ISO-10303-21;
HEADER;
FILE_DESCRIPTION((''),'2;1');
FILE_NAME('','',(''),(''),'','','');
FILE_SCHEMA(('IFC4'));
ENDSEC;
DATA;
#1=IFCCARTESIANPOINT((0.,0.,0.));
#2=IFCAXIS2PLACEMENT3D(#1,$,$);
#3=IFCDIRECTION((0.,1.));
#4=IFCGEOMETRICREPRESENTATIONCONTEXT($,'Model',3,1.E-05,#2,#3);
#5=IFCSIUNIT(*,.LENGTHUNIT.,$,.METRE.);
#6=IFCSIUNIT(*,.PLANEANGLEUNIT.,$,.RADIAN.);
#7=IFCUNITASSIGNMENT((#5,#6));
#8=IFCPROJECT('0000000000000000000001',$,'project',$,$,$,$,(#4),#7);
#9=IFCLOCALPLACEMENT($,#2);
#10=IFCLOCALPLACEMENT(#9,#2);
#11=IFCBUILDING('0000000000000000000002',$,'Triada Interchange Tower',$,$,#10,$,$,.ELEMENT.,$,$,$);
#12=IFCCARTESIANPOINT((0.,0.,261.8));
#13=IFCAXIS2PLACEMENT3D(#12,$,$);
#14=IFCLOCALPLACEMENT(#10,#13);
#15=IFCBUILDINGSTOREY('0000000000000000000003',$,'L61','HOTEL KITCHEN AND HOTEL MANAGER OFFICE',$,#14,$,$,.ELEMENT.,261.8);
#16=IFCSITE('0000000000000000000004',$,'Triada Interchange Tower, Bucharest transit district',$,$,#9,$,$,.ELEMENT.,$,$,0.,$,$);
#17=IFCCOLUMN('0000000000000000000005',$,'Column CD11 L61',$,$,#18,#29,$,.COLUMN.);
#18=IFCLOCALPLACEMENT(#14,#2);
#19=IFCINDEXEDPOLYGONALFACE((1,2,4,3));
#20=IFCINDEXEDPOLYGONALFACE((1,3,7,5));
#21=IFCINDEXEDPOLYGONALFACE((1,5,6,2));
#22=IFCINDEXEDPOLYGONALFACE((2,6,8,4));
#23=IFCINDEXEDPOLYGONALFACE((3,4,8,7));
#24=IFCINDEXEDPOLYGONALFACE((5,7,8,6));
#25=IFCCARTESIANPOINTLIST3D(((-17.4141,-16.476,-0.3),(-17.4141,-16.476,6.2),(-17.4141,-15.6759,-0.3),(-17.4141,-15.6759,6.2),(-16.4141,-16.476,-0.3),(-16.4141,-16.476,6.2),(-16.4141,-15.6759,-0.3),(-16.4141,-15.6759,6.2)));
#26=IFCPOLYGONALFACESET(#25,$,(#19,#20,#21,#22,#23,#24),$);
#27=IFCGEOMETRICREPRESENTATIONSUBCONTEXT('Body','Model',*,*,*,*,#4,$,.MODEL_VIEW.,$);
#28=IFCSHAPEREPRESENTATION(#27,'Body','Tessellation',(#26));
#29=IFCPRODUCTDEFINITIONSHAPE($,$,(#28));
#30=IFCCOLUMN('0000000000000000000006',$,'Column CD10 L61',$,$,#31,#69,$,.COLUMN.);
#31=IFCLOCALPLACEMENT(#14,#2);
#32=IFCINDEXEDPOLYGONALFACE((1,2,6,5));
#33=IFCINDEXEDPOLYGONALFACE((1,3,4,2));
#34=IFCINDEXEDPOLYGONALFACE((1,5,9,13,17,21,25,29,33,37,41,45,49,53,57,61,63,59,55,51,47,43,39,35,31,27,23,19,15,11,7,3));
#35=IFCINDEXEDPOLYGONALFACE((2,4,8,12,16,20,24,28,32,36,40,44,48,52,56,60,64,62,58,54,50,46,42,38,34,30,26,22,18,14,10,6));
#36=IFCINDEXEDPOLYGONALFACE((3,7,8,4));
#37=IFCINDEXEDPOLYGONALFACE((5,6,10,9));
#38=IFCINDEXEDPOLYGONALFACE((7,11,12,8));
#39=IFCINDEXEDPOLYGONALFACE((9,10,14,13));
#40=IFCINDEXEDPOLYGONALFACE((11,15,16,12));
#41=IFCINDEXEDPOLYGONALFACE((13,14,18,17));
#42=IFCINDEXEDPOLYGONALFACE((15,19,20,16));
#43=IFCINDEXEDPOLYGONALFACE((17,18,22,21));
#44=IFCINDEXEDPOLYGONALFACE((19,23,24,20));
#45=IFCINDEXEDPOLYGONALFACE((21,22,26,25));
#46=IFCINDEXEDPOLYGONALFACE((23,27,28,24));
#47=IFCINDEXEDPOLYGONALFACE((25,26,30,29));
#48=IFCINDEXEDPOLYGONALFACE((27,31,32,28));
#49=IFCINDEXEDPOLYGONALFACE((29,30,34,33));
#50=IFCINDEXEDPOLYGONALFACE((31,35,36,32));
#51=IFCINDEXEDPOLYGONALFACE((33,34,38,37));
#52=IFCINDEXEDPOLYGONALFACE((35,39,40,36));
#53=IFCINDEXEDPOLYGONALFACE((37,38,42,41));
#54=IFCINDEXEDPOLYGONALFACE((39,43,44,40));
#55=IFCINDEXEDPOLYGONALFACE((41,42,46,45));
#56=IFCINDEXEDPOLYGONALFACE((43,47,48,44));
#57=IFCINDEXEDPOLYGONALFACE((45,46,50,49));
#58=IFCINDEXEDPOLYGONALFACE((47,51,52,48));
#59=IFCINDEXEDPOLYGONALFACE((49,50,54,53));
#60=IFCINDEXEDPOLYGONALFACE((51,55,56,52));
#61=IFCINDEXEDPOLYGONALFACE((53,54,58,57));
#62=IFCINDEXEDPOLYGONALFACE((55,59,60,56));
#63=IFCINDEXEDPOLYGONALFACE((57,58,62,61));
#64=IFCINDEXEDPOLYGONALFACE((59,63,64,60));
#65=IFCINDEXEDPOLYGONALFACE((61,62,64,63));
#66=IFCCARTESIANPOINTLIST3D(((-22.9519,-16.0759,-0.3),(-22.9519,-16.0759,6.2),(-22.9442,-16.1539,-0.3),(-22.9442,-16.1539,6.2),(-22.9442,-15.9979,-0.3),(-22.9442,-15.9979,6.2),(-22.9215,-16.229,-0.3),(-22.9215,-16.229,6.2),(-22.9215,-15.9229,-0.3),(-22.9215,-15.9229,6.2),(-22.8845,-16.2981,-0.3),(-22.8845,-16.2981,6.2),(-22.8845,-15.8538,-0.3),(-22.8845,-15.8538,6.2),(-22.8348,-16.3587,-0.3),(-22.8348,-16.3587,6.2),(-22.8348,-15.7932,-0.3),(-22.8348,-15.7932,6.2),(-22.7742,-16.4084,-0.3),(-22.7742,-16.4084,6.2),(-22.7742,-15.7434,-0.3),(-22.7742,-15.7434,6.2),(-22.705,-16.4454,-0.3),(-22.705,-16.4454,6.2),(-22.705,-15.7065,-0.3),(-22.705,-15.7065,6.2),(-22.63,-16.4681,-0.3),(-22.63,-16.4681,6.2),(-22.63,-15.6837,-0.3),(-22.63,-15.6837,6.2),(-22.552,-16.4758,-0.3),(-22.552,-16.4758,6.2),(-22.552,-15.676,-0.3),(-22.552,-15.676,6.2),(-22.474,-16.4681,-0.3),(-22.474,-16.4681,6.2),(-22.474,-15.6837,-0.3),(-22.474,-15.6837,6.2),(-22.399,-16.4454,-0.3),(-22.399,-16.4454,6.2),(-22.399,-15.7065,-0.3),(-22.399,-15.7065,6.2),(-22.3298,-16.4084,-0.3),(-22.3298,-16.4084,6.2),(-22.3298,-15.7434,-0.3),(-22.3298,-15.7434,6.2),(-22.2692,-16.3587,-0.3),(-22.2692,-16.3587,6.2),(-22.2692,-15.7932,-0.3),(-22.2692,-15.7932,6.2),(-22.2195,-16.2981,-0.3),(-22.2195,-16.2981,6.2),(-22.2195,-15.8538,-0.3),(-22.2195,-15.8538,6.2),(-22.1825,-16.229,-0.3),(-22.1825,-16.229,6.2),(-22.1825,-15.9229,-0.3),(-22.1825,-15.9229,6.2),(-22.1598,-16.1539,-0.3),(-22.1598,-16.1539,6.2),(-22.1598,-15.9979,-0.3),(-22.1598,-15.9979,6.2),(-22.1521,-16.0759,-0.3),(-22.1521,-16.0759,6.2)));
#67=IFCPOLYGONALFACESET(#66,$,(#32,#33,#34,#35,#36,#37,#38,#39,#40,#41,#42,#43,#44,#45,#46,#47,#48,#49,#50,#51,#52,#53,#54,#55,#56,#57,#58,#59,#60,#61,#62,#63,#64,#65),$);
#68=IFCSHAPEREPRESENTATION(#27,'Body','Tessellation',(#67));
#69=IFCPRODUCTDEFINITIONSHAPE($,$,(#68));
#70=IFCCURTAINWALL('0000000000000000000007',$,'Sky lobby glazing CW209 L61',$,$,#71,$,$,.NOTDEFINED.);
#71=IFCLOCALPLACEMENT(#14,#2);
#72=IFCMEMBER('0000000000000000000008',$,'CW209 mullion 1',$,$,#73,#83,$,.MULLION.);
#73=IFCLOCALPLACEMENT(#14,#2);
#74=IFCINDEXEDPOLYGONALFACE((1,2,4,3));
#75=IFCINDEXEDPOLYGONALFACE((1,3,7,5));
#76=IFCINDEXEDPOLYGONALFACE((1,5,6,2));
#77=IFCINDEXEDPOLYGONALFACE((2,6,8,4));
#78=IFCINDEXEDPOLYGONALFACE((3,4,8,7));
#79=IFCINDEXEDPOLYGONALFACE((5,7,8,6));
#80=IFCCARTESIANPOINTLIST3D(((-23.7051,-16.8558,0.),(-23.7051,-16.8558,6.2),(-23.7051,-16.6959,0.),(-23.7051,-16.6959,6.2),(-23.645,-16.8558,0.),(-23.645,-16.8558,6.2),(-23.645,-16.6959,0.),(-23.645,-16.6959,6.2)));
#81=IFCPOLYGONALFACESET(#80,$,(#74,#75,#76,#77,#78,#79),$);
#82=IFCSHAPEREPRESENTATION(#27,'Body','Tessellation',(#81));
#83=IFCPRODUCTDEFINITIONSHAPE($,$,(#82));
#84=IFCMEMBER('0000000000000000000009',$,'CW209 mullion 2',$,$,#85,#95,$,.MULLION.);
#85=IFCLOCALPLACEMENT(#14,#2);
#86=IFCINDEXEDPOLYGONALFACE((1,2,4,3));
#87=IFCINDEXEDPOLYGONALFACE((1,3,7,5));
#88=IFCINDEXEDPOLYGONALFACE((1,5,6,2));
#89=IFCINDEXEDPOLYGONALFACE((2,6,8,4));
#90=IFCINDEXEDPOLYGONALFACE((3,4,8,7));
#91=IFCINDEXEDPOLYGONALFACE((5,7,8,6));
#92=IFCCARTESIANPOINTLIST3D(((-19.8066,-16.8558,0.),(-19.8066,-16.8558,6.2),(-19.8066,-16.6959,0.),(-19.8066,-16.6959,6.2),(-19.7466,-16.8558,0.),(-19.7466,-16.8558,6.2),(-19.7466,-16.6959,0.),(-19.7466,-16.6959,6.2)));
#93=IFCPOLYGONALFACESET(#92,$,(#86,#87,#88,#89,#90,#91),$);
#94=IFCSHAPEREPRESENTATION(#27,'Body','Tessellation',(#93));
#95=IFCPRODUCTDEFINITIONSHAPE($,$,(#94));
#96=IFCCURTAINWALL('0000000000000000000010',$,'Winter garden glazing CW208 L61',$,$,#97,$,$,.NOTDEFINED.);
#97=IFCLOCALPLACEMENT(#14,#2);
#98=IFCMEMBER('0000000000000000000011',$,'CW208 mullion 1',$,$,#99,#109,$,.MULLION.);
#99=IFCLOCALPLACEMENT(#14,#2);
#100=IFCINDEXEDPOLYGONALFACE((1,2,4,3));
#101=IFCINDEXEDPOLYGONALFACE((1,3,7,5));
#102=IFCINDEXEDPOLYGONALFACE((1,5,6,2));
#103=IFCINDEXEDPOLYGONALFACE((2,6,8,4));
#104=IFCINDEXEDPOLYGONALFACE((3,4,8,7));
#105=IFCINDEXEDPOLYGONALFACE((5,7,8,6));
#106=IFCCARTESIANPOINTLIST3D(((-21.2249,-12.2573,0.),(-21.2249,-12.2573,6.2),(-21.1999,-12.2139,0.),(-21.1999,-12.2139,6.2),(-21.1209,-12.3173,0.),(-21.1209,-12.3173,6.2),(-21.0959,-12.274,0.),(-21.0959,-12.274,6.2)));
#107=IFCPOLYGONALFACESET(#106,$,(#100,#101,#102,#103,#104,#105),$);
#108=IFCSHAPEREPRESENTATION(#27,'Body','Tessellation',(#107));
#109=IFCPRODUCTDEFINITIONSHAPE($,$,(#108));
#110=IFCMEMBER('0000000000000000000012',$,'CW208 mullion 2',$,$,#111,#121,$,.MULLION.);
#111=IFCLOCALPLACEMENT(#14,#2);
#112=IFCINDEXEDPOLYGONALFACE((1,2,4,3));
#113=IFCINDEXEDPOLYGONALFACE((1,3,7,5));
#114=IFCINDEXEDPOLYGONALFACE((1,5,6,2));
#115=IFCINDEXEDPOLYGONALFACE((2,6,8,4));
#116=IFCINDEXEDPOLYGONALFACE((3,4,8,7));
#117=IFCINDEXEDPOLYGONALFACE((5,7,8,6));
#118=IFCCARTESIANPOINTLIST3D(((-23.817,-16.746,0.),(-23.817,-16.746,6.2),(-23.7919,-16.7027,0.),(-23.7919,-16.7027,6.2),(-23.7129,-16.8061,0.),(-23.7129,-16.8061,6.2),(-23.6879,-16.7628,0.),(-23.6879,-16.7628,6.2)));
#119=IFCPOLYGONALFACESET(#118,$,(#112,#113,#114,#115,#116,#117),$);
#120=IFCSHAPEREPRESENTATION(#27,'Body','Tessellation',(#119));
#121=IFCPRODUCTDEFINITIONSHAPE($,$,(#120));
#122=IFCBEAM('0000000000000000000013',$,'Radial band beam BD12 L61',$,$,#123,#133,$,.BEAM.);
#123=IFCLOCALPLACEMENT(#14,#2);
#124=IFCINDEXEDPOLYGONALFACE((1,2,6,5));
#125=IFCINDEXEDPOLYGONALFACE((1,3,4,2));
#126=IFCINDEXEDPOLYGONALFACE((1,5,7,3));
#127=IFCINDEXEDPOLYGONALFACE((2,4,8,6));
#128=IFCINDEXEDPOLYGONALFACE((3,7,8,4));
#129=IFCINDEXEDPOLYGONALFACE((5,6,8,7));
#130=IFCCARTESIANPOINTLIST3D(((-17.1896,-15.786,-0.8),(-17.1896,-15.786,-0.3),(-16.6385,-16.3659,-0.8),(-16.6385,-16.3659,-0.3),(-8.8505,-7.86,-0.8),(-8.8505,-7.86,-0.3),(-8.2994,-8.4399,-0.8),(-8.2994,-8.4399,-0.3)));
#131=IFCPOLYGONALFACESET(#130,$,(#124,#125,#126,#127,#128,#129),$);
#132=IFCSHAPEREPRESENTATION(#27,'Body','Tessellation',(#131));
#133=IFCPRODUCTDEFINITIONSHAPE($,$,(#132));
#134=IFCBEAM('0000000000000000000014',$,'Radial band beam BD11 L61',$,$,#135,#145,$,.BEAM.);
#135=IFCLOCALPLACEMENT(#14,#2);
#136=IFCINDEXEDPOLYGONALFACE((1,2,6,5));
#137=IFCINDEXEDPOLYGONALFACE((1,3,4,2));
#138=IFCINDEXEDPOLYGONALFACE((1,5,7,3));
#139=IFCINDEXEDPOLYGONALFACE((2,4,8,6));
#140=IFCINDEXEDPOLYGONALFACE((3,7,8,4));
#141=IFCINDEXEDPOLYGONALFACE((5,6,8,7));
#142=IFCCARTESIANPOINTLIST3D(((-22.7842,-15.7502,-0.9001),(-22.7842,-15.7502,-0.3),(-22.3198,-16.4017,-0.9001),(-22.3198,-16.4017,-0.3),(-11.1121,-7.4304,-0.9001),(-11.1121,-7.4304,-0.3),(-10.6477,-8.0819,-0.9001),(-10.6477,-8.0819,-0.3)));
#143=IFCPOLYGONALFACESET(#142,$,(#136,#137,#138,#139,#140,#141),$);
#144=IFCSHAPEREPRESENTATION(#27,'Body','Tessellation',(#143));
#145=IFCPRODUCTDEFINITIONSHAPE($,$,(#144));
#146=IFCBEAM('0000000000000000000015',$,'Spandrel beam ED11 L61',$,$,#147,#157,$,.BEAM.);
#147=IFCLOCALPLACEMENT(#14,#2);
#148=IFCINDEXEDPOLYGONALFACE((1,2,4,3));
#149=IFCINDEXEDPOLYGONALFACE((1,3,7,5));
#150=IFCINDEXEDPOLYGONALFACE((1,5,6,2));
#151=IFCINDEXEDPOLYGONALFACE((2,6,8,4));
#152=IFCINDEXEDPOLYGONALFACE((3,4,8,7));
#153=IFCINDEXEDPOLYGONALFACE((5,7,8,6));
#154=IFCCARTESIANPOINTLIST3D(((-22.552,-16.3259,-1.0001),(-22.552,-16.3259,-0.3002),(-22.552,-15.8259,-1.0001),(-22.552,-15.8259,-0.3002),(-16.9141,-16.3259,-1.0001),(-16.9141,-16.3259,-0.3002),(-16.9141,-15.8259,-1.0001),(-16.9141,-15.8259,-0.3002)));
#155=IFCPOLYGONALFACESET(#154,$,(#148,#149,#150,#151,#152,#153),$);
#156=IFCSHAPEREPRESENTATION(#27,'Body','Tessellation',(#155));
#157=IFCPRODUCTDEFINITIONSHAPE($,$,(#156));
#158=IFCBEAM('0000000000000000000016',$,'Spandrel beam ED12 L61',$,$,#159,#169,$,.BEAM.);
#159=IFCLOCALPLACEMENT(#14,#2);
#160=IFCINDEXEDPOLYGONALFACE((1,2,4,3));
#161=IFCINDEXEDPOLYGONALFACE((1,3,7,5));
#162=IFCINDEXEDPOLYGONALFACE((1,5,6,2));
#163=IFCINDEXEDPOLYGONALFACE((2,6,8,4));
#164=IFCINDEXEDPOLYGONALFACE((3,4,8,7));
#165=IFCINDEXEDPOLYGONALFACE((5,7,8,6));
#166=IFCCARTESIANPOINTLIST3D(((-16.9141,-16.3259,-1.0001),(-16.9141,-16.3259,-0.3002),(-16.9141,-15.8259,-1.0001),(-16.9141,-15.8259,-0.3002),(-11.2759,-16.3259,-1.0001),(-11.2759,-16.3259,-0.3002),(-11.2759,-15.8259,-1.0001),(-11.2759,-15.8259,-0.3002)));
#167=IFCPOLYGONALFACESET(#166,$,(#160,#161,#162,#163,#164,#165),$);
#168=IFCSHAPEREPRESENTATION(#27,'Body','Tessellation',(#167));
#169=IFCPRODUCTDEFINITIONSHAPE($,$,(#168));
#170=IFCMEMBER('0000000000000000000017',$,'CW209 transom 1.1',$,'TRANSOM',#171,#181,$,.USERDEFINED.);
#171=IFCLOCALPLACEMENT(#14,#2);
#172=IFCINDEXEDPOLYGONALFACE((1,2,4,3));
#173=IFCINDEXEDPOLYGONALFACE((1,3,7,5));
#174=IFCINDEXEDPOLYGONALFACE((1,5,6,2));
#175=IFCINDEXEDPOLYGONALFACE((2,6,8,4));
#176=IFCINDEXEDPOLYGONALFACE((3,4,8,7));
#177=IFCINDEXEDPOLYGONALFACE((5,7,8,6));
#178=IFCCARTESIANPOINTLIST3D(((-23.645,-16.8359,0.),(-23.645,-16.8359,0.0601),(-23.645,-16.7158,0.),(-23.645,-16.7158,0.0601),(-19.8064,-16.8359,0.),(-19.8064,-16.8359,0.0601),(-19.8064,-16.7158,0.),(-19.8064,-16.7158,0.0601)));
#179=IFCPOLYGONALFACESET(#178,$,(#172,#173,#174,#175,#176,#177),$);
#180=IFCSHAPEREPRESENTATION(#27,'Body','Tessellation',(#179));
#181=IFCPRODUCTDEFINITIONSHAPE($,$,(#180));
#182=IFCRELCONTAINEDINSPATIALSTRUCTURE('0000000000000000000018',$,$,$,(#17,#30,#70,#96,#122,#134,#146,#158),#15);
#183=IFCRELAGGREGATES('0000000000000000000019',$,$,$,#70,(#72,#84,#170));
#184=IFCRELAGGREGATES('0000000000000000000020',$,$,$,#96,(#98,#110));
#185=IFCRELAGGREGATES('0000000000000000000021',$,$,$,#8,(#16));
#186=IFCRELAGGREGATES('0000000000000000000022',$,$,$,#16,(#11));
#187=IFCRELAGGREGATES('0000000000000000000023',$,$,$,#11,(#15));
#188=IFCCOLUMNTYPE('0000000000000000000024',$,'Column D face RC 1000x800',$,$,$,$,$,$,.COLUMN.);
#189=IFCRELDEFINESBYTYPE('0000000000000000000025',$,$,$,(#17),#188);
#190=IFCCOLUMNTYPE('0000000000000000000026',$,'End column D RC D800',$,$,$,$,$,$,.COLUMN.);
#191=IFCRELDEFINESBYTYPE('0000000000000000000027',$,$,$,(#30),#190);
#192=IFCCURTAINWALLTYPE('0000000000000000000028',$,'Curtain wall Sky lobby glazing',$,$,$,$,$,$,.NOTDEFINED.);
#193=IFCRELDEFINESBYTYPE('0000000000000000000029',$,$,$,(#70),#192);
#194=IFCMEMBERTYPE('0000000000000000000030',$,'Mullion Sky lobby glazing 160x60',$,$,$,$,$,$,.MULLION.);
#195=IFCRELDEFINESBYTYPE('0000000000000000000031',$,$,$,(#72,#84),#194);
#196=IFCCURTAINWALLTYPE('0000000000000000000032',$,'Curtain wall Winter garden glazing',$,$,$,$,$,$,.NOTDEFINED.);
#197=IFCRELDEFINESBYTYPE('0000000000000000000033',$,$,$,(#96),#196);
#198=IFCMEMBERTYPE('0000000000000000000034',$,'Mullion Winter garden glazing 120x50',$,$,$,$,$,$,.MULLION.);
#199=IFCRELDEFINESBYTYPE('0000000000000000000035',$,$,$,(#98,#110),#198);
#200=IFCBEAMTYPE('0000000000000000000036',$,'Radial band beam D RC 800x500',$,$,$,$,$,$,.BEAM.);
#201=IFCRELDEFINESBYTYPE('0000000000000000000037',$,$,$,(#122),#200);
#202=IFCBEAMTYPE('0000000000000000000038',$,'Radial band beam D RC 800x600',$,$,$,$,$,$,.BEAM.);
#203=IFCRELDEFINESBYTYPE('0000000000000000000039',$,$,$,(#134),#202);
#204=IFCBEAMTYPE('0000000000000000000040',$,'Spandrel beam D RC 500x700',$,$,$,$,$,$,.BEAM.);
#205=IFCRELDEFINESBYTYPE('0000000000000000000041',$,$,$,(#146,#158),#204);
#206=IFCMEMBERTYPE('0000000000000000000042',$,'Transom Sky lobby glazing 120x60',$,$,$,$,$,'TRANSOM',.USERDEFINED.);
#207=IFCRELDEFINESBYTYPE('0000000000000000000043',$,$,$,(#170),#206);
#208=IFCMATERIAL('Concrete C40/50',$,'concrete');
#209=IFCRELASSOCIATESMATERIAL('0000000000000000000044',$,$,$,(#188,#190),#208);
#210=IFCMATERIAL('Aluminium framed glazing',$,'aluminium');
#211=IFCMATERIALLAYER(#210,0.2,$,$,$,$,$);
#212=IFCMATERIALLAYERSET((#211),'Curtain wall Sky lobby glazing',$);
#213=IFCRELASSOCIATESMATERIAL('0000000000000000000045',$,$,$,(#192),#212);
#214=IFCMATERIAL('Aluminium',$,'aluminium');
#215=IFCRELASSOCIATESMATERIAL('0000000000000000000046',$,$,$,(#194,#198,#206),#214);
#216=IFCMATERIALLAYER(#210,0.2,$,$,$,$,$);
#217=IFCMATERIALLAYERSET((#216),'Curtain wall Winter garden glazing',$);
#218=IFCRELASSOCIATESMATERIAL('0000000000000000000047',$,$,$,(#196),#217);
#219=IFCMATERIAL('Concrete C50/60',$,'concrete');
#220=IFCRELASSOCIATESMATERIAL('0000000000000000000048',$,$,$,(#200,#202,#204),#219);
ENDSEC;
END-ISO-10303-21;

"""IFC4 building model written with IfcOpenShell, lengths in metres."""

from ifc_helpers import new_model, si_unit, direction, frame, origin, origin_2d, place, context, subcontext, project, spatial, rectangle, circle, extrude, material, layer, layer_set, material_profile, profile_set, type_object, element, aggregate, save


model = new_model("IFC4")

# Units and contexts
model_context = context("Model", 3, precision=1e-05, world=origin(), true_north=direction((0.0, 1.0)))
body_context = subcontext(model_context, "Body", "Model", "MODEL_VIEW")
ifc_project = project(units=[si_unit("LENGTHUNIT", "METRE"), si_unit("PLANEANGLEUNIT", "RADIAN")], contexts=[model_context])

# Site, building, storey
site_placement = place(None, origin())
site = spatial("IfcSite", under=ifc_project, at=site_placement, Name="Triada Interchange Tower, Bucharest transit district", CompositionType="ELEMENT", RefElevation=0.0)
building_placement = place(site_placement, origin())
building = spatial("IfcBuilding", under=site, at=building_placement, Name="Triada Interchange Tower", CompositionType="ELEMENT")
storey_placement = place(building_placement, frame((0.0, 0.0, 261.8)))
storey = spatial("IfcBuildingStorey", under=building, at=storey_placement, Name="L61", Description="HOTEL KITCHEN AND HOTEL MANAGER OFFICE", CompositionType="ELEMENT", Elevation=261.8)

# Columns
ifc_material_1 = material(Name="Concrete C40/50", Category="concrete")
ifc_material_profile_1 = material_profile(ifc_material_1, rectangle(XDim=1.0, YDim=0.8, at=origin_2d()), Name="RC 1000x800")
ifc_profile_set_1 = profile_set([ifc_material_profile_1], Name="Concrete C40/50")
column_type_1 = type_object("IfcColumnType", Name="Column D face RC 1000x800", PredefinedType="COLUMN", material=ifc_profile_set_1)
column_1_placement = place(storey_placement, frame((-16.9141, -16.0759, -0.3), z_axis=(0.0, 0.0, 1.0), x_axis=(1.0, 0.0, 0.0)))
element("IfcColumn", 1, at=column_1_placement, inside=storey, type_object=column_type_1, Name="Column CD11 L61", PredefinedType="COLUMN", context=body_context, shape_type="SweptSolid", body=[
    extrude(rectangle(XDim=1.0, YDim=0.8, at=origin_2d()), origin(), (0.0, 0.0, 1.0), 6.5),
])
ifc_material_profile_2 = material_profile(ifc_material_1, circle(Radius=0.3999, at=origin_2d()), Name="RC D800")
ifc_profile_set_2 = profile_set([ifc_material_profile_2], Name="Concrete C40/50")
column_type_2 = type_object("IfcColumnType", Name="End column D RC D800", PredefinedType="COLUMN", material=ifc_profile_set_2)
column_2_placement = place(storey_placement, frame((-22.552, -16.0759, -0.3), z_axis=(0.0, 0.0, 1.0), x_axis=(1.0, 0.0, 0.0)))
element("IfcColumn", 2, at=column_2_placement, inside=storey, type_object=column_type_2, Name="Column CD10 L61", PredefinedType="COLUMN", context=body_context, shape_type="SweptSolid", body=[
    extrude(circle(Radius=0.3999, at=origin_2d()), origin(), (0.0, 0.0, 1.0), 6.5),
])

# Curtain walls, members
ifc_material_2 = material(Name="Aluminium framed glazing", Category="aluminium")
ifc_layer_1 = layer(ifc_material_2, 0.2)
ifc_layer_set_1 = layer_set([ifc_layer_1], Name="Curtain wall Sky lobby glazing")
curtain_wall_type_1 = type_object("IfcCurtainWallType", Name="Curtain wall Sky lobby glazing", PredefinedType="NOTDEFINED", material=ifc_layer_set_1)
curtain_wall_1_placement = place(storey_placement, origin())
curtain_wall_1 = element("IfcCurtainWall", 3, at=curtain_wall_1_placement, inside=storey, type_object=curtain_wall_type_1, Name="Sky lobby glazing CW209 L61", PredefinedType="NOTDEFINED")
ifc_material_3 = material(Name="Aluminium", Category="aluminium")
ifc_material_profile_3 = material_profile(ifc_material_3, rectangle(XDim=0.1599, YDim=0.0601, at=origin_2d()), Name="Aluminium mullion")
ifc_profile_set_3 = profile_set([ifc_material_profile_3], Name="Aluminium")
member_type_1 = type_object("IfcMemberType", Name="Mullion Sky lobby glazing 160x60", PredefinedType="MULLION", material=ifc_profile_set_3)
member_1_placement = place(storey_placement, frame((-23.675, -16.7759, 0.0), z_axis=(0.0, 0.0, 1.0), x_axis=(0.0, 1.0, 0.0)))
member_1 = element("IfcMember", 4, at=member_1_placement, type_object=member_type_1, Name="CW209 mullion 1", PredefinedType="MULLION", context=body_context, shape_type="SweptSolid", body=[
    extrude(rectangle(XDim=0.1599, YDim=0.0601, at=origin_2d()), origin(), (0.0, 0.0, 1.0), 6.2),
])
member_2_placement = place(storey_placement, frame((-19.7766, -16.7759, 0.0), z_axis=(0.0, 0.0, 1.0), x_axis=(0.0, 1.0, 0.0)))
member_2 = element("IfcMember", 5, at=member_2_placement, type_object=member_type_1, Name="CW209 mullion 2", PredefinedType="MULLION", context=body_context, shape_type="SweptSolid", body=[
    extrude(rectangle(XDim=0.1599, YDim=0.0601, at=origin_2d()), origin(), (0.0, 0.0, 1.0), 6.2),
])
ifc_layer_2 = layer(ifc_material_2, 0.2)
ifc_layer_set_2 = layer_set([ifc_layer_2], Name="Curtain wall Winter garden glazing")
curtain_wall_type_2 = type_object("IfcCurtainWallType", Name="Curtain wall Winter garden glazing", PredefinedType="NOTDEFINED", material=ifc_layer_set_2)
curtain_wall_2_placement = place(storey_placement, origin())
curtain_wall_2 = element("IfcCurtainWall", 6, at=curtain_wall_2_placement, inside=storey, type_object=curtain_wall_type_2, Name="Winter garden glazing CW208 L61", PredefinedType="NOTDEFINED")
ifc_material_profile_4 = material_profile(ifc_material_3, rectangle(XDim=0.1201, YDim=0.05, at=origin_2d()), Name="Aluminium mullion")
ifc_profile_set_4 = profile_set([ifc_material_profile_4], Name="Aluminium")
member_type_2 = type_object("IfcMemberType", Name="Mullion Winter garden glazing 120x50", PredefinedType="MULLION", material=ifc_profile_set_4)
member_3_placement = place(storey_placement, frame((-21.1604, -12.2656, 0.0), z_axis=(0.0, 0.0, 1.0), x_axis=(0.865988, -0.500064, 0.0)))
member_3 = element("IfcMember", 7, at=member_3_placement, type_object=member_type_2, Name="CW208 mullion 1", PredefinedType="MULLION", context=body_context, shape_type="SweptSolid", body=[
    extrude(rectangle(XDim=0.1201, YDim=0.05, at=origin_2d()), origin(), (0.0, 0.0, 1.0), 6.2),
])
member_4_placement = place(storey_placement, frame((-23.7524, -16.7544, 0.0), z_axis=(0.0, 0.0, 1.0), x_axis=(0.865988, -0.500064, 0.0)))
member_4 = element("IfcMember", 8, at=member_4_placement, type_object=member_type_2, Name="CW208 mullion 2", PredefinedType="MULLION", context=body_context, shape_type="SweptSolid", body=[
    extrude(rectangle(XDim=0.1201, YDim=0.05, at=origin_2d()), origin(), (0.0, 0.0, 1.0), 6.2),
])

# Beams
ifc_material_4 = material(Name="Concrete C50/60", Category="concrete")
ifc_material_profile_5 = material_profile(ifc_material_4, rectangle(XDim=0.8, YDim=0.5, at=origin_2d()), Name="RC 800x500")
ifc_profile_set_5 = profile_set([ifc_material_profile_5], Name="Concrete C50/60")
beam_type_1 = type_object("IfcBeamType", Name="Radial band beam D RC 800x500", PredefinedType="BEAM", material=ifc_profile_set_5)
beam_1_placement = place(storey_placement, frame((-16.9141, -16.0759, -0.55), z_axis=(0.724831, 0.688926, 0.0), x_axis=(-0.688926, 0.724831, 0.0)))
element("IfcBeam", 9, at=beam_1_placement, inside=storey, type_object=beam_type_1, Name="Radial band beam BD12 L61", PredefinedType="BEAM", context=body_context, shape_type="SweptSolid", body=[
    extrude(rectangle(XDim=0.8, YDim=0.5, at=origin_2d()), origin(), (0.0, 0.0, 1.0), 11.5049),
])
ifc_material_profile_6 = material_profile(ifc_material_4, rectangle(XDim=0.8, YDim=0.6001, at=origin_2d()), Name="RC 800x600")
ifc_profile_set_6 = profile_set([ifc_material_profile_6], Name="Concrete C50/60")
beam_type_2 = type_object("IfcBeamType", Name="Radial band beam D RC 800x600", PredefinedType="BEAM", material=ifc_profile_set_6)
beam_2_placement = place(storey_placement, frame((-22.552, -16.0759, -0.6001), z_axis=(0.814307, 0.580434, 0.0), x_axis=(-0.580434, 0.814307, 0.0)))
element("IfcBeam", 10, at=beam_2_placement, inside=storey, type_object=beam_type_2, Name="Radial band beam BD11 L61", PredefinedType="BEAM", context=body_context, shape_type="SweptSolid", body=[
    extrude(rectangle(XDim=0.8, YDim=0.6001, at=origin_2d()), origin(), (0.0, 0.0, 1.0), 14.3337),
])
ifc_material_profile_7 = material_profile(ifc_material_4, rectangle(XDim=0.5, YDim=0.7, at=origin_2d()), Name="RC 500x700")
ifc_profile_set_7 = profile_set([ifc_material_profile_7], Name="Concrete C50/60")
beam_type_3 = type_object("IfcBeamType", Name="Spandrel beam D RC 500x700", PredefinedType="BEAM", material=ifc_profile_set_7)
beam_3_placement = place(storey_placement, frame((-22.552, -16.0759, -0.6501), z_axis=(1.0, 0.0, 0.0), x_axis=(0.0, 1.0, 0.0)))
element("IfcBeam", 11, at=beam_3_placement, inside=storey, type_object=beam_type_3, Name="Spandrel beam ED11 L61", PredefinedType="BEAM", context=body_context, shape_type="SweptSolid", body=[
    extrude(rectangle(XDim=0.5, YDim=0.7, at=origin_2d()), origin(), (0.0, 0.0, 1.0), 5.6379),
])
beam_4_placement = place(storey_placement, frame((-16.9141, -16.0759, -0.6501), z_axis=(1.0, 0.0, 0.0), x_axis=(0.0, 1.0, 0.0)))
element("IfcBeam", 12, at=beam_4_placement, inside=storey, type_object=beam_type_3, Name="Spandrel beam ED12 L61", PredefinedType="BEAM", context=body_context, shape_type="SweptSolid", body=[
    extrude(rectangle(XDim=0.5, YDim=0.7, at=origin_2d()), origin(), (0.0, 0.0, 1.0), 5.6382),
])

# Member
ifc_material_profile_8 = material_profile(ifc_material_3, rectangle(XDim=0.1201, YDim=0.0601, at=origin_2d()), Name="Aluminium transom")
ifc_profile_set_8 = profile_set([ifc_material_profile_8], Name="Aluminium")
member_type_3 = type_object("IfcMemberType", Name="Transom Sky lobby glazing 120x60", ElementType="TRANSOM", PredefinedType="USERDEFINED", material=ifc_profile_set_8)
member_5_placement = place(storey_placement, frame((-23.645, -16.7759, 0.03), z_axis=(1.0, 0.0, 0.0), x_axis=(0.0, 1.0, 0.0)))
member_5 = element("IfcMember", 13, at=member_5_placement, type_object=member_type_3, Name="CW209 transom 1.1", ObjectType="TRANSOM", PredefinedType="USERDEFINED", context=body_context, shape_type="SweptSolid", body=[
    extrude(rectangle(XDim=0.1201, YDim=0.0601, at=origin_2d()), origin(), (0.0, 0.0, 1.0), 3.8386),
])

aggregate(curtain_wall_1, [member_1, member_2, member_5])
aggregate(curtain_wall_2, [member_3, member_4])

save(model, "model.ifc")
